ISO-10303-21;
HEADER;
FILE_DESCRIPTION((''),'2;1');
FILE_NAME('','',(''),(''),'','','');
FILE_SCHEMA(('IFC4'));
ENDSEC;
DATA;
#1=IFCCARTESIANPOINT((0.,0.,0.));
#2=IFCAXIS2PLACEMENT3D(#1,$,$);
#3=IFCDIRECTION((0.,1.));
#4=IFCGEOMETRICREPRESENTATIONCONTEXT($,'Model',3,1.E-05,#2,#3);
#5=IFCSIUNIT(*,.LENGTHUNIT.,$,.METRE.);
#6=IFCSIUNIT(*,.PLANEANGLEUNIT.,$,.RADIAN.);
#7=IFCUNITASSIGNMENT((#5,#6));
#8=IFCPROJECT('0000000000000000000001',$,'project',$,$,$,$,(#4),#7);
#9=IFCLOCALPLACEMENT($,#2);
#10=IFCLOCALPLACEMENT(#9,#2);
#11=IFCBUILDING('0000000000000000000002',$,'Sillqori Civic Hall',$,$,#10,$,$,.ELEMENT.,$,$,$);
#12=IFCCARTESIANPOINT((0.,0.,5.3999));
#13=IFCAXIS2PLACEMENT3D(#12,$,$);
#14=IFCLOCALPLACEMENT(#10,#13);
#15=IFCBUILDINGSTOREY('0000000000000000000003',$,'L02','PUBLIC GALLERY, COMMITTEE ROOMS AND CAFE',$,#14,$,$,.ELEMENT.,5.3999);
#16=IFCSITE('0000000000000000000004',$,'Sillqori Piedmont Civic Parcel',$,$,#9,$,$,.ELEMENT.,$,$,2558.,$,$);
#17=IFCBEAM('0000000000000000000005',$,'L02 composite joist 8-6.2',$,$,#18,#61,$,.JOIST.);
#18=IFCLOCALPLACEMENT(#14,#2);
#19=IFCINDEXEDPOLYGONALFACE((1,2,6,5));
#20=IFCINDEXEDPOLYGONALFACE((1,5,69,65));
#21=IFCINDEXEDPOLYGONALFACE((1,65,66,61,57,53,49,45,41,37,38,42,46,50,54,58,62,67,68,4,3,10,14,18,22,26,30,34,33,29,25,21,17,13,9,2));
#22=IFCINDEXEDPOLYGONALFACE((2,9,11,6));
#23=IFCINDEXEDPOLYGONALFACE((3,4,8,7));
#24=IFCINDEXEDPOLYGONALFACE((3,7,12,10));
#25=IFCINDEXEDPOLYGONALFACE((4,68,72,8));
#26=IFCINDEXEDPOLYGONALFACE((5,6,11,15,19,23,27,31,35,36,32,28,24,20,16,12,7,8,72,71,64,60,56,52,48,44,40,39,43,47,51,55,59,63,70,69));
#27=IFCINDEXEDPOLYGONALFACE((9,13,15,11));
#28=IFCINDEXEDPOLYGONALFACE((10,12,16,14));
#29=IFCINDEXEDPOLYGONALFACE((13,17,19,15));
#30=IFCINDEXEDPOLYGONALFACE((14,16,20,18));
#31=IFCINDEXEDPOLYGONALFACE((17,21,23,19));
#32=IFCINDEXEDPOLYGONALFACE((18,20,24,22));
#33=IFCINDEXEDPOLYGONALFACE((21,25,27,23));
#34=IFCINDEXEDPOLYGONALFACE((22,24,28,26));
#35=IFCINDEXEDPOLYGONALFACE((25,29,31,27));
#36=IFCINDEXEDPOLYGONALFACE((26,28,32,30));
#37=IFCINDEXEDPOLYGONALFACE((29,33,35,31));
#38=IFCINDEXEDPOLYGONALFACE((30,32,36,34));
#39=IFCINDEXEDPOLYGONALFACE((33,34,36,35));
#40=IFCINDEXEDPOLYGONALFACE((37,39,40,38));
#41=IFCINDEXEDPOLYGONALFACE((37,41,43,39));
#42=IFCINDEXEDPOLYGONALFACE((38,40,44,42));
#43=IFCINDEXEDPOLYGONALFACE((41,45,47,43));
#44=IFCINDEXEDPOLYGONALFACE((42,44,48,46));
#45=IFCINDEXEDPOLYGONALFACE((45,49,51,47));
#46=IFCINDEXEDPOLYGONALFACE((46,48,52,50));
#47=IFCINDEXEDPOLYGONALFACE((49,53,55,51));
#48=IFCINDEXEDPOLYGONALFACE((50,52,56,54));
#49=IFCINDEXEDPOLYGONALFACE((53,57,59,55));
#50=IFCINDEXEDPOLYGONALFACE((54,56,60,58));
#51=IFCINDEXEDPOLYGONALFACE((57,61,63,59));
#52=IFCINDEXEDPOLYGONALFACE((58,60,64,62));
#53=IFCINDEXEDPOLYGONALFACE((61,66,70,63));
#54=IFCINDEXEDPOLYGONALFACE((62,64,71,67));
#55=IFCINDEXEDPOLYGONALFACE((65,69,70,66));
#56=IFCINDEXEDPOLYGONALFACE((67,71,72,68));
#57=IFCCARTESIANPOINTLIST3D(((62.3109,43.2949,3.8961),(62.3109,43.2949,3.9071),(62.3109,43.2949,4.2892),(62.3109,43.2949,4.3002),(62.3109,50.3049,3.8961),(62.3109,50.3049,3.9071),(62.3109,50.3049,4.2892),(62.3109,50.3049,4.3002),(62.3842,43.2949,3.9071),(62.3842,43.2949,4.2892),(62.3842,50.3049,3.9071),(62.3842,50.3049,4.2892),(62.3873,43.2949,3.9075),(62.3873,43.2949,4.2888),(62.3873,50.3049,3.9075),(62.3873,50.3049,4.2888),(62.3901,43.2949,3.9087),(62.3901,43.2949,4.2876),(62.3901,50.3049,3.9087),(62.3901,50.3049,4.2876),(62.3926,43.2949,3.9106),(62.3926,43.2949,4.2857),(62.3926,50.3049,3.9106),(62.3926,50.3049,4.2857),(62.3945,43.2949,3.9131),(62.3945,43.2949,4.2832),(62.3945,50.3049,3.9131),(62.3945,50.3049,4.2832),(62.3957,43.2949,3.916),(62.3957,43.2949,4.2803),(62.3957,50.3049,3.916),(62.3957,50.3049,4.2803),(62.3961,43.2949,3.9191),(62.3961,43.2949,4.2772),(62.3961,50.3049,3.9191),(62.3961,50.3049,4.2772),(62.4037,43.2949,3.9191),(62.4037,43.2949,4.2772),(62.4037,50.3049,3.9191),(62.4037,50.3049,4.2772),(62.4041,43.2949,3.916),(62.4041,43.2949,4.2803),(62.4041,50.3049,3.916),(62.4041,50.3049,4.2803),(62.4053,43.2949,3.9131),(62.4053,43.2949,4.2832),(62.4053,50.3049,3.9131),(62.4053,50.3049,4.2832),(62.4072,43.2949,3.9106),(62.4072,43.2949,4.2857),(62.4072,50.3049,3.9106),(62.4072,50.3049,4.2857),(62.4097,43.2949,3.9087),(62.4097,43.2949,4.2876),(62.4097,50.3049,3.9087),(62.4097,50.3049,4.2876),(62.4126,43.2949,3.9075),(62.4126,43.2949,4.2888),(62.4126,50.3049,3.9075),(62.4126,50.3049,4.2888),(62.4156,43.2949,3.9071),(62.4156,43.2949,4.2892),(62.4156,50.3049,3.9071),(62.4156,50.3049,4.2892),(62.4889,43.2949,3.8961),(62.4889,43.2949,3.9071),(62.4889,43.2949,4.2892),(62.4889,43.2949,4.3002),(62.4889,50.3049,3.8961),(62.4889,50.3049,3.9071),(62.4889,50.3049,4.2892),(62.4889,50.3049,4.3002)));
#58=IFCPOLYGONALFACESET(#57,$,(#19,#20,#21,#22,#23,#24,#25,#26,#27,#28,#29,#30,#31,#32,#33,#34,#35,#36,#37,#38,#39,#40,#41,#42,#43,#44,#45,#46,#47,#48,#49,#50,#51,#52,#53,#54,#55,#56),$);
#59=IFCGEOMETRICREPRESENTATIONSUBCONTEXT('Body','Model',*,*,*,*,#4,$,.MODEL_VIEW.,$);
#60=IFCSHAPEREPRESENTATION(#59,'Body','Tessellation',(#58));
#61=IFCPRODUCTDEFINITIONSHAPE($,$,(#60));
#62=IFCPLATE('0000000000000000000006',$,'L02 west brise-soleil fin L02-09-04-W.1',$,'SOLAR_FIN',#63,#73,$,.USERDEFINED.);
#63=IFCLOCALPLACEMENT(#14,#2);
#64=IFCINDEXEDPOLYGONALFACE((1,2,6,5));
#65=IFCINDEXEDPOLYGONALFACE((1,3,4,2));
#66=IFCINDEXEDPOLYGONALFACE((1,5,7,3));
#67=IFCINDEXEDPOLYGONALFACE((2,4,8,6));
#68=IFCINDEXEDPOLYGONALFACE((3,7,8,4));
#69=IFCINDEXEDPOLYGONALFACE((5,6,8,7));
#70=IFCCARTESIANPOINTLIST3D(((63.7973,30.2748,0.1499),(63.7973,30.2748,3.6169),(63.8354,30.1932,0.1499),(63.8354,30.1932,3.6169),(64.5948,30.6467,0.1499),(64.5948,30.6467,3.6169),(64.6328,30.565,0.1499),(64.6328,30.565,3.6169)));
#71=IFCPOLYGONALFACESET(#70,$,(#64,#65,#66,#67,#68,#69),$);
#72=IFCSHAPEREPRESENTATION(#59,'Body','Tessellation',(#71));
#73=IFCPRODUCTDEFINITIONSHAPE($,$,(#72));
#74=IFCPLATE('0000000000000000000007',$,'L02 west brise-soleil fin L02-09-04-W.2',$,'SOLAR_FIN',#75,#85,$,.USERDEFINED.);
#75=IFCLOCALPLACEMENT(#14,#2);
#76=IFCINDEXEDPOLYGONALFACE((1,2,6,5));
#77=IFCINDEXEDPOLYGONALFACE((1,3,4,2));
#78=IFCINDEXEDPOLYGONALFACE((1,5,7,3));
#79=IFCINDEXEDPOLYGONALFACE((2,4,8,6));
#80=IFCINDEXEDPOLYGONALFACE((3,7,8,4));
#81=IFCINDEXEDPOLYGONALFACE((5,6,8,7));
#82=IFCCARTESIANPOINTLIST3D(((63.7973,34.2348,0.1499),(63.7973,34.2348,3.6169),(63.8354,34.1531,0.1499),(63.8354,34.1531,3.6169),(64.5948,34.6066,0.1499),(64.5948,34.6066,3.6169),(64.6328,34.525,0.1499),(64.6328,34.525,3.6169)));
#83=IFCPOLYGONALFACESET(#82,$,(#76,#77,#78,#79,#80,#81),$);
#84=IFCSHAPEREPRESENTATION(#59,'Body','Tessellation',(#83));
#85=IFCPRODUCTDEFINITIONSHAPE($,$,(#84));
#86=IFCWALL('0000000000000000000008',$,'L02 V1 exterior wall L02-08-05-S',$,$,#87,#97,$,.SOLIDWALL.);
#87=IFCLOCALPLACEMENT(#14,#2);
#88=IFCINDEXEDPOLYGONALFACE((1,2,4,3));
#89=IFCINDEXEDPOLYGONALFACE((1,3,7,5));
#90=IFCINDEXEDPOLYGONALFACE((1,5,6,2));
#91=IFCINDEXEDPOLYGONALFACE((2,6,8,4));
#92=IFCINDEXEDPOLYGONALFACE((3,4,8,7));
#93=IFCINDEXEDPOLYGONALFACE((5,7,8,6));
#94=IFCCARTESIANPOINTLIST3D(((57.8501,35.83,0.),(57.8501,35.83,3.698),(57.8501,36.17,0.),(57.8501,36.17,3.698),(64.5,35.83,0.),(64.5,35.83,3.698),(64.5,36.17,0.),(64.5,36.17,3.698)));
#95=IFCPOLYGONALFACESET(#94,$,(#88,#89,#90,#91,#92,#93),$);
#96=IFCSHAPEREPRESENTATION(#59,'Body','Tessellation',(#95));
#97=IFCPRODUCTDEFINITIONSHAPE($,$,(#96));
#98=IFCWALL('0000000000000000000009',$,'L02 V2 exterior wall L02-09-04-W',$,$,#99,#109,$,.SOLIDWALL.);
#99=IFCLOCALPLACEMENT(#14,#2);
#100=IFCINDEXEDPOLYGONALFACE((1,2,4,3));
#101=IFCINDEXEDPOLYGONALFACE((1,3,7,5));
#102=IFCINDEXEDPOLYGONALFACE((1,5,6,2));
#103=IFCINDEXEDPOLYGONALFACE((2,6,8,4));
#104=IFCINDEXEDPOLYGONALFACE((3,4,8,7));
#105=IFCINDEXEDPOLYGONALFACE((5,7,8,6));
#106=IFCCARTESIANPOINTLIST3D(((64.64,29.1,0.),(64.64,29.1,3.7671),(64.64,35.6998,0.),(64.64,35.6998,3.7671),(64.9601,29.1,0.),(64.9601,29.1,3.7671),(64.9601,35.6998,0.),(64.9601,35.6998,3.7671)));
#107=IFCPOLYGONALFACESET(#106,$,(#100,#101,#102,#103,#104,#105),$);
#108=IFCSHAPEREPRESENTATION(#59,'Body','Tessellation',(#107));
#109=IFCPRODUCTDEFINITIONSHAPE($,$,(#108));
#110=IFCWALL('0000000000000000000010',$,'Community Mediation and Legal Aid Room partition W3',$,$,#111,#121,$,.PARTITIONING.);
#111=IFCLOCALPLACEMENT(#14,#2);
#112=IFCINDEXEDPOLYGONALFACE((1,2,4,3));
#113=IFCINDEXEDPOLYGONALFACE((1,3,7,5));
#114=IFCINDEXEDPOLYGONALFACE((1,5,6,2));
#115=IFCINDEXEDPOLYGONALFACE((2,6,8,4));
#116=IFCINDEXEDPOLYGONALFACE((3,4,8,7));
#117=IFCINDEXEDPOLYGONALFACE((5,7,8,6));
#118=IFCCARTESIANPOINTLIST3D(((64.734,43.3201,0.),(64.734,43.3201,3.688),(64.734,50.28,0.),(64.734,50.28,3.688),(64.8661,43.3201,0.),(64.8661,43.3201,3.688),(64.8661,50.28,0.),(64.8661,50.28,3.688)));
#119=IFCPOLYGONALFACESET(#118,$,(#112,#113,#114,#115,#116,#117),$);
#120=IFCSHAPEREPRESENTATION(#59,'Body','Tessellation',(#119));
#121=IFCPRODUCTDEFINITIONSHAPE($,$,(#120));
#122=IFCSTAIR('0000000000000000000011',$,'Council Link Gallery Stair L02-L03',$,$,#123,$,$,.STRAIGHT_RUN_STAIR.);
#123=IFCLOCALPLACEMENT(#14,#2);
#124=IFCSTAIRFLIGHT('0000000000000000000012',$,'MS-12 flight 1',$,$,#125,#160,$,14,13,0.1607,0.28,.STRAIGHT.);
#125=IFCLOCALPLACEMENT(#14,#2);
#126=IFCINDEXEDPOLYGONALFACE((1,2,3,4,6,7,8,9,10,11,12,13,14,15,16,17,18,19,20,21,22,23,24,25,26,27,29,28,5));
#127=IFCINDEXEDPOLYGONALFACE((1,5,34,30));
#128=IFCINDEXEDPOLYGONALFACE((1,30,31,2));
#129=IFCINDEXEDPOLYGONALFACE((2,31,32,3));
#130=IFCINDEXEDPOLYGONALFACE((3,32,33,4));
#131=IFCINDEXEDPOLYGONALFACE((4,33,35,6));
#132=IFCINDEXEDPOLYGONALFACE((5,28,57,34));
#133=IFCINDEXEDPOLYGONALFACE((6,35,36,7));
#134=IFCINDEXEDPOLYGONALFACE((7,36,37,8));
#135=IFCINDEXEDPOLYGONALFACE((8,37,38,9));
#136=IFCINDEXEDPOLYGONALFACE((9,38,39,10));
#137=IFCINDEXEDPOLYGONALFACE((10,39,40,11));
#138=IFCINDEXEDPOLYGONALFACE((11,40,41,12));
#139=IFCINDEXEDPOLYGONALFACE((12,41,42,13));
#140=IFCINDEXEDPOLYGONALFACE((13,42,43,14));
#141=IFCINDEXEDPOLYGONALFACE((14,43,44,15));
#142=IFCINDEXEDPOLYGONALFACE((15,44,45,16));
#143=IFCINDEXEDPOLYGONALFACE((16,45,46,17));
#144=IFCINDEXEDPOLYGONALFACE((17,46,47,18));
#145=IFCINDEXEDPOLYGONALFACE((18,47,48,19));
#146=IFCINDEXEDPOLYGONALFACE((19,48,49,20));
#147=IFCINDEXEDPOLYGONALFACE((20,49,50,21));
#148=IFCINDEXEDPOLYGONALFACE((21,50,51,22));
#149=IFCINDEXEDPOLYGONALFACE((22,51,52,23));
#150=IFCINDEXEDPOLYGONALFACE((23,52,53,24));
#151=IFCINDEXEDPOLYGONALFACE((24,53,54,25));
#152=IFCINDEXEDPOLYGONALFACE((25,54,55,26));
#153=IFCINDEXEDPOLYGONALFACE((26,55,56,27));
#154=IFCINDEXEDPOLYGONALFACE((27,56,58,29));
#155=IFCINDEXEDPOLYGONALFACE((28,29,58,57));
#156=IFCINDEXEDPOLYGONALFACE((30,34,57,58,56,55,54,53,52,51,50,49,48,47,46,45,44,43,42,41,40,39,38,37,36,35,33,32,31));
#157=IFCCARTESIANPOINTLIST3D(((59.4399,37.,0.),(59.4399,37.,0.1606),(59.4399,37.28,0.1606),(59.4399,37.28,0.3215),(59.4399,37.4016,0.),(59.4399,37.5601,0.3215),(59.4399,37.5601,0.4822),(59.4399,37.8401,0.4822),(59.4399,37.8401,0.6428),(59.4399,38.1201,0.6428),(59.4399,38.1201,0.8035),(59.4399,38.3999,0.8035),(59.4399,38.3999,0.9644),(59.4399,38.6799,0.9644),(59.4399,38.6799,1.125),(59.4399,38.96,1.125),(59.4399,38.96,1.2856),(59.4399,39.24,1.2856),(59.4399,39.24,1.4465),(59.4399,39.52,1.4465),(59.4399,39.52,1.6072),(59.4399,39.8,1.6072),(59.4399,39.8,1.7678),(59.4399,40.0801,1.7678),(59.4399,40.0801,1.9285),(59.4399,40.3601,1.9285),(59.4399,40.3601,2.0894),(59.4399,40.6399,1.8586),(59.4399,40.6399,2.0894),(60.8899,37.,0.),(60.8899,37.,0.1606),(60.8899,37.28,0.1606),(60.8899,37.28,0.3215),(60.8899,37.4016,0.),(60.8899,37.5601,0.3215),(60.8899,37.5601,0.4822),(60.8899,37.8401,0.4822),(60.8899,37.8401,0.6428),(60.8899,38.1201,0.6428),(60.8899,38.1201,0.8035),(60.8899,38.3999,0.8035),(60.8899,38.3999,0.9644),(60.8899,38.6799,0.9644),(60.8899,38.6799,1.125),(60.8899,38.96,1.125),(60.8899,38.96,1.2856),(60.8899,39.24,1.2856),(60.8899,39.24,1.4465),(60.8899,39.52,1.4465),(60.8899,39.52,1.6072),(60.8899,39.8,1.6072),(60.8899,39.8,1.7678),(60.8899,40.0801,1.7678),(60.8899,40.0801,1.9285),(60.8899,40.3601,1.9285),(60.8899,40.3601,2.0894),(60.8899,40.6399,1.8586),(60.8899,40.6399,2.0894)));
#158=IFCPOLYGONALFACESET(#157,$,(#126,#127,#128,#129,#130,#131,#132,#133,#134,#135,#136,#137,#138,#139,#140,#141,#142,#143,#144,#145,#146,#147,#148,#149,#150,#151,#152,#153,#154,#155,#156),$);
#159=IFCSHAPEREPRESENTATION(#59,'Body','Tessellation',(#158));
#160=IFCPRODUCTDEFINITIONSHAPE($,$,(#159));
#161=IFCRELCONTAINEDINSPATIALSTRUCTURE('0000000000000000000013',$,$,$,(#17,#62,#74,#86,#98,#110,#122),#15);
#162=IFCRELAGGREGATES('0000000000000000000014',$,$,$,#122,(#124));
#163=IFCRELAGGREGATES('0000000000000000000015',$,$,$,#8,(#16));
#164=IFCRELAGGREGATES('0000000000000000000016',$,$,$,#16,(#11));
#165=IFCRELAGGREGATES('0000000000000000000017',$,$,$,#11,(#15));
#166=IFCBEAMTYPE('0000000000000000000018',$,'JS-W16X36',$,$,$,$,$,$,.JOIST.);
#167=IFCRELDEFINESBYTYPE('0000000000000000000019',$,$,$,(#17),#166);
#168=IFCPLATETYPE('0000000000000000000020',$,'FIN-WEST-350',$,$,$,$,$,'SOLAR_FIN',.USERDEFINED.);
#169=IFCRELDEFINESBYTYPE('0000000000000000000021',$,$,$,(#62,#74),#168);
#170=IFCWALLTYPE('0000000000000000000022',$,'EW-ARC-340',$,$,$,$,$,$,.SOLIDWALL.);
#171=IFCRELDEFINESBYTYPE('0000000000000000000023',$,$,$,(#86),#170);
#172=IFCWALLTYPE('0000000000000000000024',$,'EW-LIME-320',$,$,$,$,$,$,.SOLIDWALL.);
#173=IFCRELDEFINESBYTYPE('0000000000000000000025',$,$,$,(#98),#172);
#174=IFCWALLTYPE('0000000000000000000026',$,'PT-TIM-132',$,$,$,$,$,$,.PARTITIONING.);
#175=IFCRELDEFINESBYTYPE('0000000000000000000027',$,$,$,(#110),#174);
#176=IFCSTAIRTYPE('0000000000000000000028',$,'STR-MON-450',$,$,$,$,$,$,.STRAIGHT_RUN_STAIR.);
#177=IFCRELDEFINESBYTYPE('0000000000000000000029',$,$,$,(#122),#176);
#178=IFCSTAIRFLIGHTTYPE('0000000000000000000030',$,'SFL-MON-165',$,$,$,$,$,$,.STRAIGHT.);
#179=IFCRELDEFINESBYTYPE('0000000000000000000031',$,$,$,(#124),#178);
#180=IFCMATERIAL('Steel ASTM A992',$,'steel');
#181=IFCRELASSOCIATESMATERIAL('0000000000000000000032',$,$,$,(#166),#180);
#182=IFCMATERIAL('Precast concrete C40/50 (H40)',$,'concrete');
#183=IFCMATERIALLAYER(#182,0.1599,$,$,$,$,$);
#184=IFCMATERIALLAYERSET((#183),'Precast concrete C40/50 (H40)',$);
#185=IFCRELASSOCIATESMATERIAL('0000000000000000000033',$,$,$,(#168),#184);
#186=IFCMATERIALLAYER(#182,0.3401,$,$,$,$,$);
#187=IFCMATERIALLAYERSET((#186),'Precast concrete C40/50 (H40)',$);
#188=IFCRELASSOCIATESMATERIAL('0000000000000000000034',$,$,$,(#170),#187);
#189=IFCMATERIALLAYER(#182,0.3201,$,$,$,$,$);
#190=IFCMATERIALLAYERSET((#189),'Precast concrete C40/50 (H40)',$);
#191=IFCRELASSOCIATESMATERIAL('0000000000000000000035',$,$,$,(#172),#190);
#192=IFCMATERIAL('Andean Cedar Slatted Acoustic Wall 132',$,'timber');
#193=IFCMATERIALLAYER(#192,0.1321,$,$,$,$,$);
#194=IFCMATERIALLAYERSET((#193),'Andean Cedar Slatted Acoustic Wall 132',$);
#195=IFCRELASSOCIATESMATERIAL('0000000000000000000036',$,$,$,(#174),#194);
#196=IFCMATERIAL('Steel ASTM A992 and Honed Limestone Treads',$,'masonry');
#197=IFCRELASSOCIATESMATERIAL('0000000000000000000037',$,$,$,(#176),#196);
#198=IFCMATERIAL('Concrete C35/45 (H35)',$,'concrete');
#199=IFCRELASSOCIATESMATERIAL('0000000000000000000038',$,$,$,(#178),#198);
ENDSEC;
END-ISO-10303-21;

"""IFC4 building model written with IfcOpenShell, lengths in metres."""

from ifc_helpers import new_model, si_unit, direction, frame, frame_2d, origin, origin_2d, place, context, subcontext, project, spatial, polyline, rectangle, i_section, outline, extrude, material, layer, layer_set, material_profile, profile_set, type_object, element, aggregate, save


model = new_model("IFC4")

# Units and contexts
model_context = context("Model", 3, precision=1e-05, world=origin(), true_north=direction((0.0, 1.0)))
body_context = subcontext(model_context, "Body", "Model", "MODEL_VIEW")
ifc_project = project(units=[si_unit("LENGTHUNIT", "METRE"), si_unit("PLANEANGLEUNIT", "RADIAN")], contexts=[model_context])

# Site, building, storey
site_placement = place(None, origin())
site = spatial("IfcSite", under=ifc_project, at=site_placement, Name="Sillqori Piedmont Civic Parcel", CompositionType="ELEMENT", RefElevation=2558.0)
building_placement = place(site_placement, origin())
building = spatial("IfcBuilding", under=site, at=building_placement, Name="Sillqori Civic Hall", CompositionType="ELEMENT")
storey_placement = place(building_placement, frame((0.0, 0.0, 5.3999)))
storey = spatial("IfcBuildingStorey", under=building, at=storey_placement, Name="L02", Description="PUBLIC GALLERY, COMMITTEE ROOMS AND CAFE", CompositionType="ELEMENT", Elevation=5.3999)

# Shared definitions
ifc_material_1 = material(Name="Concrete C35/45 (H35)", Category="concrete")
ifc_material_2 = material(Name="Steel ASTM A992", Category="steel")

# Beam
ifc_material_profile_1 = material_profile(ifc_material_2, i_section(OverallWidth=0.178, OverallDepth=0.4041, WebThickness=0.0076, FlangeThickness=0.011, FilletRadius=0.012, at=origin_2d()), Name="W16X36")
ifc_profile_set_1 = profile_set([ifc_material_profile_1], Name="Steel ASTM A992")
beam_type_1 = type_object("IfcBeamType", Name="JS-W16X36", PredefinedType="JOIST", material=ifc_profile_set_1)
for number, where, z_axis, x_axis, name in (
    (1, (62.3999, 43.2949, 4.0981), (0.0, 1.0, 0.0), (-1.0, 0.0, 0.0), "L02 composite joist 8-6.2"),
):
    element("IfcBeam", number, at=place(storey_placement, frame(where, z_axis=z_axis, x_axis=x_axis)), inside=storey, type_object=beam_type_1, Name=name, PredefinedType="JOIST", context=body_context, shape_type="SweptSolid", body=[
        extrude(i_section(OverallWidth=0.178, OverallDepth=0.4041, WebThickness=0.0076, FlangeThickness=0.011, FilletRadius=0.012, at=origin_2d()), origin(), (0.0, 0.0, 1.0), 7.01),
    ])

# Plates
ifc_material_3 = material(Name="Precast concrete C40/50 (H40)", Category="concrete")
ifc_layer_1 = layer(ifc_material_3, 0.1599)
ifc_layer_set_1 = layer_set([ifc_layer_1], Name="Precast concrete C40/50 (H40)")
plate_type = type_object("IfcPlateType", Name="FIN-WEST-350", ElementType="SOLAR_FIN", PredefinedType="USERDEFINED", material=ifc_layer_set_1)
for number, where, z_axis, x_axis, name in (
    (2, (64.2151, 30.4199, 0.1499), (0.0, 0.0, 1.0), (-0.422618, 0.906308, 0.0), "L02 west brise-soleil fin L02-09-04-W.1"),
    (3, (64.2151, 34.3799, 0.1499), (0.0, 0.0, 1.0), (-0.422618, 0.906308, 0.0), "L02 west brise-soleil fin L02-09-04-W.2"),
):
    element("IfcPlate", number, at=place(storey_placement, frame(where, z_axis=z_axis, x_axis=x_axis)), inside=storey, type_object=plate_type, Name=name, ObjectType="SOLAR_FIN", PredefinedType="USERDEFINED", context=body_context, shape_type="SweptSolid", body=[
        extrude(rectangle(XDim=0.0901, YDim=0.8799, at=origin_2d()), origin(), (0.0, 0.0, 1.0), 3.467),
    ])

# Walls
ifc_layer_2 = layer(ifc_material_3, 0.3401)
ifc_layer_set_2 = layer_set([ifc_layer_2], Name="Precast concrete C40/50 (H40)")
wall_type_1 = type_object("IfcWallType", Name="EW-ARC-340", PredefinedType="SOLIDWALL", material=ifc_layer_set_2)
wall_1_placement = place(storey_placement, frame((64.5, 36.0, 0.0), z_axis=(0.0, 0.0, 1.0), x_axis=(-1.0, 0.0, 0.0)))
element("IfcWall", 4, at=wall_1_placement, inside=storey, type_object=wall_type_1, Name="L02 V1 exterior wall L02-08-05-S", PredefinedType="SOLIDWALL", context=body_context, shape_type="SweptSolid", body=[
    extrude(rectangle(XDim=6.6499, YDim=0.3401, at=frame_2d((3.325, 0.0))), origin(), (0.0, 0.0, 1.0), 3.698),
])
ifc_layer_3 = layer(ifc_material_3, 0.3201)
ifc_layer_set_3 = layer_set([ifc_layer_3], Name="Precast concrete C40/50 (H40)")
wall_type_2 = type_object("IfcWallType", Name="EW-LIME-320", PredefinedType="SOLIDWALL", material=ifc_layer_set_3)
wall_2_placement = place(storey_placement, frame((64.8, 29.1001, 0.0), z_axis=(0.0, 0.0, 1.0), x_axis=(0.0, 1.0, 0.0)))
element("IfcWall", 5, at=wall_2_placement, inside=storey, type_object=wall_type_2, Name="L02 V2 exterior wall L02-09-04-W", PredefinedType="SOLIDWALL", context=body_context, shape_type="SweptSolid", body=[
    extrude(rectangle(XDim=6.5999, YDim=0.3201, at=frame_2d((3.2998, 0.0))), origin(), (0.0, 0.0, 1.0), 3.7671),
])
ifc_material_4 = material(Name="Andean Cedar Slatted Acoustic Wall 132", Category="timber")
ifc_layer_4 = layer(ifc_material_4, 0.1321)
ifc_layer_set_4 = layer_set([ifc_layer_4], Name="Andean Cedar Slatted Acoustic Wall 132")
wall_type_3 = type_object("IfcWallType", Name="PT-TIM-132", PredefinedType="PARTITIONING", material=ifc_layer_set_4)
wall_3_placement = place(storey_placement, frame((64.8, 43.3201, 0.0), z_axis=(0.0, 0.0, 1.0), x_axis=(0.0, 1.0, 0.0)))
element("IfcWall", 6, at=wall_3_placement, inside=storey, type_object=wall_type_3, Name="Community Mediation and Legal Aid Room partition W3", PredefinedType="PARTITIONING", context=body_context, shape_type="SweptSolid", body=[
    extrude(rectangle(XDim=6.96, YDim=0.1321, at=frame_2d((3.48, 0.0))), origin(), (0.0, 0.0, 1.0), 3.688),
])

# Stair, stair flight
ifc_material_5 = material(Name="Steel ASTM A992 and Honed Limestone Treads", Category="masonry")
stair_type = type_object("IfcStairType", Name="STR-MON-450", PredefinedType="STRAIGHT_RUN_STAIR", material=ifc_material_5)
stair_placement = place(storey_placement, origin())
stair = element("IfcStair", 7, at=stair_placement, inside=storey, type_object=stair_type, Name="Council Link Gallery Stair L02-L03", PredefinedType="STRAIGHT_RUN_STAIR")
stair_flight_type = type_object("IfcStairFlightType", Name="SFL-MON-165", PredefinedType="STRAIGHT", material=ifc_material_1)
stair_flight_1_placement = place(storey_placement, frame((60.165, 37.0, 0.0), z_axis=(0.0, 0.0, 1.0), x_axis=(0.0, 1.0, 0.0)))
stair_flight_1 = element("IfcStairFlight", 8, at=stair_flight_1_placement, type_object=stair_flight_type, Name="MS-12 flight 1", NumberOfRisers=14, NumberOfTreads=13, PredefinedType="STRAIGHT", RiserHeight=0.1607, TreadLength=0.28, context=body_context, shape_type="SweptSolid", body=[
    extrude(outline(polyline([(0.0, 0.0), (0.0, 0.1606), (0.28, 0.1606), (0.28, 0.3215), (0.5601, 0.3215), (0.5601, 0.4822), (0.8401, 0.4822), (0.8401, 0.6428), (1.1201, 0.6428), (1.1201, 0.8035), (1.3999, 0.8035), (1.3999, 0.9644), (1.6799, 0.9644), (1.6799, 1.125), (1.96, 1.125), (1.96, 1.2856), (2.24, 1.2856), (2.24, 1.4465), (2.52, 1.4465), (2.52, 1.6072), (2.8, 1.6072), (2.8, 1.7678), (3.0801, 1.7678), (3.0801, 1.9285), (3.3601, 1.9285), (3.3601, 2.0894), (3.6399, 2.0894), (3.6399, 2.25), (3.6399, 1.8586), (0.4016, 0.0), (0.0, 0.0)])), frame((0.0, 0.7251, 0.0), z_axis=(0.0, -1.0, 0.0), x_axis=(1.0, 0.0, 0.0)), (0.0, 0.0, 1.0), 1.45),
])
aggregate(stair, [stair_flight_1])

save(model, "model.ifc")
